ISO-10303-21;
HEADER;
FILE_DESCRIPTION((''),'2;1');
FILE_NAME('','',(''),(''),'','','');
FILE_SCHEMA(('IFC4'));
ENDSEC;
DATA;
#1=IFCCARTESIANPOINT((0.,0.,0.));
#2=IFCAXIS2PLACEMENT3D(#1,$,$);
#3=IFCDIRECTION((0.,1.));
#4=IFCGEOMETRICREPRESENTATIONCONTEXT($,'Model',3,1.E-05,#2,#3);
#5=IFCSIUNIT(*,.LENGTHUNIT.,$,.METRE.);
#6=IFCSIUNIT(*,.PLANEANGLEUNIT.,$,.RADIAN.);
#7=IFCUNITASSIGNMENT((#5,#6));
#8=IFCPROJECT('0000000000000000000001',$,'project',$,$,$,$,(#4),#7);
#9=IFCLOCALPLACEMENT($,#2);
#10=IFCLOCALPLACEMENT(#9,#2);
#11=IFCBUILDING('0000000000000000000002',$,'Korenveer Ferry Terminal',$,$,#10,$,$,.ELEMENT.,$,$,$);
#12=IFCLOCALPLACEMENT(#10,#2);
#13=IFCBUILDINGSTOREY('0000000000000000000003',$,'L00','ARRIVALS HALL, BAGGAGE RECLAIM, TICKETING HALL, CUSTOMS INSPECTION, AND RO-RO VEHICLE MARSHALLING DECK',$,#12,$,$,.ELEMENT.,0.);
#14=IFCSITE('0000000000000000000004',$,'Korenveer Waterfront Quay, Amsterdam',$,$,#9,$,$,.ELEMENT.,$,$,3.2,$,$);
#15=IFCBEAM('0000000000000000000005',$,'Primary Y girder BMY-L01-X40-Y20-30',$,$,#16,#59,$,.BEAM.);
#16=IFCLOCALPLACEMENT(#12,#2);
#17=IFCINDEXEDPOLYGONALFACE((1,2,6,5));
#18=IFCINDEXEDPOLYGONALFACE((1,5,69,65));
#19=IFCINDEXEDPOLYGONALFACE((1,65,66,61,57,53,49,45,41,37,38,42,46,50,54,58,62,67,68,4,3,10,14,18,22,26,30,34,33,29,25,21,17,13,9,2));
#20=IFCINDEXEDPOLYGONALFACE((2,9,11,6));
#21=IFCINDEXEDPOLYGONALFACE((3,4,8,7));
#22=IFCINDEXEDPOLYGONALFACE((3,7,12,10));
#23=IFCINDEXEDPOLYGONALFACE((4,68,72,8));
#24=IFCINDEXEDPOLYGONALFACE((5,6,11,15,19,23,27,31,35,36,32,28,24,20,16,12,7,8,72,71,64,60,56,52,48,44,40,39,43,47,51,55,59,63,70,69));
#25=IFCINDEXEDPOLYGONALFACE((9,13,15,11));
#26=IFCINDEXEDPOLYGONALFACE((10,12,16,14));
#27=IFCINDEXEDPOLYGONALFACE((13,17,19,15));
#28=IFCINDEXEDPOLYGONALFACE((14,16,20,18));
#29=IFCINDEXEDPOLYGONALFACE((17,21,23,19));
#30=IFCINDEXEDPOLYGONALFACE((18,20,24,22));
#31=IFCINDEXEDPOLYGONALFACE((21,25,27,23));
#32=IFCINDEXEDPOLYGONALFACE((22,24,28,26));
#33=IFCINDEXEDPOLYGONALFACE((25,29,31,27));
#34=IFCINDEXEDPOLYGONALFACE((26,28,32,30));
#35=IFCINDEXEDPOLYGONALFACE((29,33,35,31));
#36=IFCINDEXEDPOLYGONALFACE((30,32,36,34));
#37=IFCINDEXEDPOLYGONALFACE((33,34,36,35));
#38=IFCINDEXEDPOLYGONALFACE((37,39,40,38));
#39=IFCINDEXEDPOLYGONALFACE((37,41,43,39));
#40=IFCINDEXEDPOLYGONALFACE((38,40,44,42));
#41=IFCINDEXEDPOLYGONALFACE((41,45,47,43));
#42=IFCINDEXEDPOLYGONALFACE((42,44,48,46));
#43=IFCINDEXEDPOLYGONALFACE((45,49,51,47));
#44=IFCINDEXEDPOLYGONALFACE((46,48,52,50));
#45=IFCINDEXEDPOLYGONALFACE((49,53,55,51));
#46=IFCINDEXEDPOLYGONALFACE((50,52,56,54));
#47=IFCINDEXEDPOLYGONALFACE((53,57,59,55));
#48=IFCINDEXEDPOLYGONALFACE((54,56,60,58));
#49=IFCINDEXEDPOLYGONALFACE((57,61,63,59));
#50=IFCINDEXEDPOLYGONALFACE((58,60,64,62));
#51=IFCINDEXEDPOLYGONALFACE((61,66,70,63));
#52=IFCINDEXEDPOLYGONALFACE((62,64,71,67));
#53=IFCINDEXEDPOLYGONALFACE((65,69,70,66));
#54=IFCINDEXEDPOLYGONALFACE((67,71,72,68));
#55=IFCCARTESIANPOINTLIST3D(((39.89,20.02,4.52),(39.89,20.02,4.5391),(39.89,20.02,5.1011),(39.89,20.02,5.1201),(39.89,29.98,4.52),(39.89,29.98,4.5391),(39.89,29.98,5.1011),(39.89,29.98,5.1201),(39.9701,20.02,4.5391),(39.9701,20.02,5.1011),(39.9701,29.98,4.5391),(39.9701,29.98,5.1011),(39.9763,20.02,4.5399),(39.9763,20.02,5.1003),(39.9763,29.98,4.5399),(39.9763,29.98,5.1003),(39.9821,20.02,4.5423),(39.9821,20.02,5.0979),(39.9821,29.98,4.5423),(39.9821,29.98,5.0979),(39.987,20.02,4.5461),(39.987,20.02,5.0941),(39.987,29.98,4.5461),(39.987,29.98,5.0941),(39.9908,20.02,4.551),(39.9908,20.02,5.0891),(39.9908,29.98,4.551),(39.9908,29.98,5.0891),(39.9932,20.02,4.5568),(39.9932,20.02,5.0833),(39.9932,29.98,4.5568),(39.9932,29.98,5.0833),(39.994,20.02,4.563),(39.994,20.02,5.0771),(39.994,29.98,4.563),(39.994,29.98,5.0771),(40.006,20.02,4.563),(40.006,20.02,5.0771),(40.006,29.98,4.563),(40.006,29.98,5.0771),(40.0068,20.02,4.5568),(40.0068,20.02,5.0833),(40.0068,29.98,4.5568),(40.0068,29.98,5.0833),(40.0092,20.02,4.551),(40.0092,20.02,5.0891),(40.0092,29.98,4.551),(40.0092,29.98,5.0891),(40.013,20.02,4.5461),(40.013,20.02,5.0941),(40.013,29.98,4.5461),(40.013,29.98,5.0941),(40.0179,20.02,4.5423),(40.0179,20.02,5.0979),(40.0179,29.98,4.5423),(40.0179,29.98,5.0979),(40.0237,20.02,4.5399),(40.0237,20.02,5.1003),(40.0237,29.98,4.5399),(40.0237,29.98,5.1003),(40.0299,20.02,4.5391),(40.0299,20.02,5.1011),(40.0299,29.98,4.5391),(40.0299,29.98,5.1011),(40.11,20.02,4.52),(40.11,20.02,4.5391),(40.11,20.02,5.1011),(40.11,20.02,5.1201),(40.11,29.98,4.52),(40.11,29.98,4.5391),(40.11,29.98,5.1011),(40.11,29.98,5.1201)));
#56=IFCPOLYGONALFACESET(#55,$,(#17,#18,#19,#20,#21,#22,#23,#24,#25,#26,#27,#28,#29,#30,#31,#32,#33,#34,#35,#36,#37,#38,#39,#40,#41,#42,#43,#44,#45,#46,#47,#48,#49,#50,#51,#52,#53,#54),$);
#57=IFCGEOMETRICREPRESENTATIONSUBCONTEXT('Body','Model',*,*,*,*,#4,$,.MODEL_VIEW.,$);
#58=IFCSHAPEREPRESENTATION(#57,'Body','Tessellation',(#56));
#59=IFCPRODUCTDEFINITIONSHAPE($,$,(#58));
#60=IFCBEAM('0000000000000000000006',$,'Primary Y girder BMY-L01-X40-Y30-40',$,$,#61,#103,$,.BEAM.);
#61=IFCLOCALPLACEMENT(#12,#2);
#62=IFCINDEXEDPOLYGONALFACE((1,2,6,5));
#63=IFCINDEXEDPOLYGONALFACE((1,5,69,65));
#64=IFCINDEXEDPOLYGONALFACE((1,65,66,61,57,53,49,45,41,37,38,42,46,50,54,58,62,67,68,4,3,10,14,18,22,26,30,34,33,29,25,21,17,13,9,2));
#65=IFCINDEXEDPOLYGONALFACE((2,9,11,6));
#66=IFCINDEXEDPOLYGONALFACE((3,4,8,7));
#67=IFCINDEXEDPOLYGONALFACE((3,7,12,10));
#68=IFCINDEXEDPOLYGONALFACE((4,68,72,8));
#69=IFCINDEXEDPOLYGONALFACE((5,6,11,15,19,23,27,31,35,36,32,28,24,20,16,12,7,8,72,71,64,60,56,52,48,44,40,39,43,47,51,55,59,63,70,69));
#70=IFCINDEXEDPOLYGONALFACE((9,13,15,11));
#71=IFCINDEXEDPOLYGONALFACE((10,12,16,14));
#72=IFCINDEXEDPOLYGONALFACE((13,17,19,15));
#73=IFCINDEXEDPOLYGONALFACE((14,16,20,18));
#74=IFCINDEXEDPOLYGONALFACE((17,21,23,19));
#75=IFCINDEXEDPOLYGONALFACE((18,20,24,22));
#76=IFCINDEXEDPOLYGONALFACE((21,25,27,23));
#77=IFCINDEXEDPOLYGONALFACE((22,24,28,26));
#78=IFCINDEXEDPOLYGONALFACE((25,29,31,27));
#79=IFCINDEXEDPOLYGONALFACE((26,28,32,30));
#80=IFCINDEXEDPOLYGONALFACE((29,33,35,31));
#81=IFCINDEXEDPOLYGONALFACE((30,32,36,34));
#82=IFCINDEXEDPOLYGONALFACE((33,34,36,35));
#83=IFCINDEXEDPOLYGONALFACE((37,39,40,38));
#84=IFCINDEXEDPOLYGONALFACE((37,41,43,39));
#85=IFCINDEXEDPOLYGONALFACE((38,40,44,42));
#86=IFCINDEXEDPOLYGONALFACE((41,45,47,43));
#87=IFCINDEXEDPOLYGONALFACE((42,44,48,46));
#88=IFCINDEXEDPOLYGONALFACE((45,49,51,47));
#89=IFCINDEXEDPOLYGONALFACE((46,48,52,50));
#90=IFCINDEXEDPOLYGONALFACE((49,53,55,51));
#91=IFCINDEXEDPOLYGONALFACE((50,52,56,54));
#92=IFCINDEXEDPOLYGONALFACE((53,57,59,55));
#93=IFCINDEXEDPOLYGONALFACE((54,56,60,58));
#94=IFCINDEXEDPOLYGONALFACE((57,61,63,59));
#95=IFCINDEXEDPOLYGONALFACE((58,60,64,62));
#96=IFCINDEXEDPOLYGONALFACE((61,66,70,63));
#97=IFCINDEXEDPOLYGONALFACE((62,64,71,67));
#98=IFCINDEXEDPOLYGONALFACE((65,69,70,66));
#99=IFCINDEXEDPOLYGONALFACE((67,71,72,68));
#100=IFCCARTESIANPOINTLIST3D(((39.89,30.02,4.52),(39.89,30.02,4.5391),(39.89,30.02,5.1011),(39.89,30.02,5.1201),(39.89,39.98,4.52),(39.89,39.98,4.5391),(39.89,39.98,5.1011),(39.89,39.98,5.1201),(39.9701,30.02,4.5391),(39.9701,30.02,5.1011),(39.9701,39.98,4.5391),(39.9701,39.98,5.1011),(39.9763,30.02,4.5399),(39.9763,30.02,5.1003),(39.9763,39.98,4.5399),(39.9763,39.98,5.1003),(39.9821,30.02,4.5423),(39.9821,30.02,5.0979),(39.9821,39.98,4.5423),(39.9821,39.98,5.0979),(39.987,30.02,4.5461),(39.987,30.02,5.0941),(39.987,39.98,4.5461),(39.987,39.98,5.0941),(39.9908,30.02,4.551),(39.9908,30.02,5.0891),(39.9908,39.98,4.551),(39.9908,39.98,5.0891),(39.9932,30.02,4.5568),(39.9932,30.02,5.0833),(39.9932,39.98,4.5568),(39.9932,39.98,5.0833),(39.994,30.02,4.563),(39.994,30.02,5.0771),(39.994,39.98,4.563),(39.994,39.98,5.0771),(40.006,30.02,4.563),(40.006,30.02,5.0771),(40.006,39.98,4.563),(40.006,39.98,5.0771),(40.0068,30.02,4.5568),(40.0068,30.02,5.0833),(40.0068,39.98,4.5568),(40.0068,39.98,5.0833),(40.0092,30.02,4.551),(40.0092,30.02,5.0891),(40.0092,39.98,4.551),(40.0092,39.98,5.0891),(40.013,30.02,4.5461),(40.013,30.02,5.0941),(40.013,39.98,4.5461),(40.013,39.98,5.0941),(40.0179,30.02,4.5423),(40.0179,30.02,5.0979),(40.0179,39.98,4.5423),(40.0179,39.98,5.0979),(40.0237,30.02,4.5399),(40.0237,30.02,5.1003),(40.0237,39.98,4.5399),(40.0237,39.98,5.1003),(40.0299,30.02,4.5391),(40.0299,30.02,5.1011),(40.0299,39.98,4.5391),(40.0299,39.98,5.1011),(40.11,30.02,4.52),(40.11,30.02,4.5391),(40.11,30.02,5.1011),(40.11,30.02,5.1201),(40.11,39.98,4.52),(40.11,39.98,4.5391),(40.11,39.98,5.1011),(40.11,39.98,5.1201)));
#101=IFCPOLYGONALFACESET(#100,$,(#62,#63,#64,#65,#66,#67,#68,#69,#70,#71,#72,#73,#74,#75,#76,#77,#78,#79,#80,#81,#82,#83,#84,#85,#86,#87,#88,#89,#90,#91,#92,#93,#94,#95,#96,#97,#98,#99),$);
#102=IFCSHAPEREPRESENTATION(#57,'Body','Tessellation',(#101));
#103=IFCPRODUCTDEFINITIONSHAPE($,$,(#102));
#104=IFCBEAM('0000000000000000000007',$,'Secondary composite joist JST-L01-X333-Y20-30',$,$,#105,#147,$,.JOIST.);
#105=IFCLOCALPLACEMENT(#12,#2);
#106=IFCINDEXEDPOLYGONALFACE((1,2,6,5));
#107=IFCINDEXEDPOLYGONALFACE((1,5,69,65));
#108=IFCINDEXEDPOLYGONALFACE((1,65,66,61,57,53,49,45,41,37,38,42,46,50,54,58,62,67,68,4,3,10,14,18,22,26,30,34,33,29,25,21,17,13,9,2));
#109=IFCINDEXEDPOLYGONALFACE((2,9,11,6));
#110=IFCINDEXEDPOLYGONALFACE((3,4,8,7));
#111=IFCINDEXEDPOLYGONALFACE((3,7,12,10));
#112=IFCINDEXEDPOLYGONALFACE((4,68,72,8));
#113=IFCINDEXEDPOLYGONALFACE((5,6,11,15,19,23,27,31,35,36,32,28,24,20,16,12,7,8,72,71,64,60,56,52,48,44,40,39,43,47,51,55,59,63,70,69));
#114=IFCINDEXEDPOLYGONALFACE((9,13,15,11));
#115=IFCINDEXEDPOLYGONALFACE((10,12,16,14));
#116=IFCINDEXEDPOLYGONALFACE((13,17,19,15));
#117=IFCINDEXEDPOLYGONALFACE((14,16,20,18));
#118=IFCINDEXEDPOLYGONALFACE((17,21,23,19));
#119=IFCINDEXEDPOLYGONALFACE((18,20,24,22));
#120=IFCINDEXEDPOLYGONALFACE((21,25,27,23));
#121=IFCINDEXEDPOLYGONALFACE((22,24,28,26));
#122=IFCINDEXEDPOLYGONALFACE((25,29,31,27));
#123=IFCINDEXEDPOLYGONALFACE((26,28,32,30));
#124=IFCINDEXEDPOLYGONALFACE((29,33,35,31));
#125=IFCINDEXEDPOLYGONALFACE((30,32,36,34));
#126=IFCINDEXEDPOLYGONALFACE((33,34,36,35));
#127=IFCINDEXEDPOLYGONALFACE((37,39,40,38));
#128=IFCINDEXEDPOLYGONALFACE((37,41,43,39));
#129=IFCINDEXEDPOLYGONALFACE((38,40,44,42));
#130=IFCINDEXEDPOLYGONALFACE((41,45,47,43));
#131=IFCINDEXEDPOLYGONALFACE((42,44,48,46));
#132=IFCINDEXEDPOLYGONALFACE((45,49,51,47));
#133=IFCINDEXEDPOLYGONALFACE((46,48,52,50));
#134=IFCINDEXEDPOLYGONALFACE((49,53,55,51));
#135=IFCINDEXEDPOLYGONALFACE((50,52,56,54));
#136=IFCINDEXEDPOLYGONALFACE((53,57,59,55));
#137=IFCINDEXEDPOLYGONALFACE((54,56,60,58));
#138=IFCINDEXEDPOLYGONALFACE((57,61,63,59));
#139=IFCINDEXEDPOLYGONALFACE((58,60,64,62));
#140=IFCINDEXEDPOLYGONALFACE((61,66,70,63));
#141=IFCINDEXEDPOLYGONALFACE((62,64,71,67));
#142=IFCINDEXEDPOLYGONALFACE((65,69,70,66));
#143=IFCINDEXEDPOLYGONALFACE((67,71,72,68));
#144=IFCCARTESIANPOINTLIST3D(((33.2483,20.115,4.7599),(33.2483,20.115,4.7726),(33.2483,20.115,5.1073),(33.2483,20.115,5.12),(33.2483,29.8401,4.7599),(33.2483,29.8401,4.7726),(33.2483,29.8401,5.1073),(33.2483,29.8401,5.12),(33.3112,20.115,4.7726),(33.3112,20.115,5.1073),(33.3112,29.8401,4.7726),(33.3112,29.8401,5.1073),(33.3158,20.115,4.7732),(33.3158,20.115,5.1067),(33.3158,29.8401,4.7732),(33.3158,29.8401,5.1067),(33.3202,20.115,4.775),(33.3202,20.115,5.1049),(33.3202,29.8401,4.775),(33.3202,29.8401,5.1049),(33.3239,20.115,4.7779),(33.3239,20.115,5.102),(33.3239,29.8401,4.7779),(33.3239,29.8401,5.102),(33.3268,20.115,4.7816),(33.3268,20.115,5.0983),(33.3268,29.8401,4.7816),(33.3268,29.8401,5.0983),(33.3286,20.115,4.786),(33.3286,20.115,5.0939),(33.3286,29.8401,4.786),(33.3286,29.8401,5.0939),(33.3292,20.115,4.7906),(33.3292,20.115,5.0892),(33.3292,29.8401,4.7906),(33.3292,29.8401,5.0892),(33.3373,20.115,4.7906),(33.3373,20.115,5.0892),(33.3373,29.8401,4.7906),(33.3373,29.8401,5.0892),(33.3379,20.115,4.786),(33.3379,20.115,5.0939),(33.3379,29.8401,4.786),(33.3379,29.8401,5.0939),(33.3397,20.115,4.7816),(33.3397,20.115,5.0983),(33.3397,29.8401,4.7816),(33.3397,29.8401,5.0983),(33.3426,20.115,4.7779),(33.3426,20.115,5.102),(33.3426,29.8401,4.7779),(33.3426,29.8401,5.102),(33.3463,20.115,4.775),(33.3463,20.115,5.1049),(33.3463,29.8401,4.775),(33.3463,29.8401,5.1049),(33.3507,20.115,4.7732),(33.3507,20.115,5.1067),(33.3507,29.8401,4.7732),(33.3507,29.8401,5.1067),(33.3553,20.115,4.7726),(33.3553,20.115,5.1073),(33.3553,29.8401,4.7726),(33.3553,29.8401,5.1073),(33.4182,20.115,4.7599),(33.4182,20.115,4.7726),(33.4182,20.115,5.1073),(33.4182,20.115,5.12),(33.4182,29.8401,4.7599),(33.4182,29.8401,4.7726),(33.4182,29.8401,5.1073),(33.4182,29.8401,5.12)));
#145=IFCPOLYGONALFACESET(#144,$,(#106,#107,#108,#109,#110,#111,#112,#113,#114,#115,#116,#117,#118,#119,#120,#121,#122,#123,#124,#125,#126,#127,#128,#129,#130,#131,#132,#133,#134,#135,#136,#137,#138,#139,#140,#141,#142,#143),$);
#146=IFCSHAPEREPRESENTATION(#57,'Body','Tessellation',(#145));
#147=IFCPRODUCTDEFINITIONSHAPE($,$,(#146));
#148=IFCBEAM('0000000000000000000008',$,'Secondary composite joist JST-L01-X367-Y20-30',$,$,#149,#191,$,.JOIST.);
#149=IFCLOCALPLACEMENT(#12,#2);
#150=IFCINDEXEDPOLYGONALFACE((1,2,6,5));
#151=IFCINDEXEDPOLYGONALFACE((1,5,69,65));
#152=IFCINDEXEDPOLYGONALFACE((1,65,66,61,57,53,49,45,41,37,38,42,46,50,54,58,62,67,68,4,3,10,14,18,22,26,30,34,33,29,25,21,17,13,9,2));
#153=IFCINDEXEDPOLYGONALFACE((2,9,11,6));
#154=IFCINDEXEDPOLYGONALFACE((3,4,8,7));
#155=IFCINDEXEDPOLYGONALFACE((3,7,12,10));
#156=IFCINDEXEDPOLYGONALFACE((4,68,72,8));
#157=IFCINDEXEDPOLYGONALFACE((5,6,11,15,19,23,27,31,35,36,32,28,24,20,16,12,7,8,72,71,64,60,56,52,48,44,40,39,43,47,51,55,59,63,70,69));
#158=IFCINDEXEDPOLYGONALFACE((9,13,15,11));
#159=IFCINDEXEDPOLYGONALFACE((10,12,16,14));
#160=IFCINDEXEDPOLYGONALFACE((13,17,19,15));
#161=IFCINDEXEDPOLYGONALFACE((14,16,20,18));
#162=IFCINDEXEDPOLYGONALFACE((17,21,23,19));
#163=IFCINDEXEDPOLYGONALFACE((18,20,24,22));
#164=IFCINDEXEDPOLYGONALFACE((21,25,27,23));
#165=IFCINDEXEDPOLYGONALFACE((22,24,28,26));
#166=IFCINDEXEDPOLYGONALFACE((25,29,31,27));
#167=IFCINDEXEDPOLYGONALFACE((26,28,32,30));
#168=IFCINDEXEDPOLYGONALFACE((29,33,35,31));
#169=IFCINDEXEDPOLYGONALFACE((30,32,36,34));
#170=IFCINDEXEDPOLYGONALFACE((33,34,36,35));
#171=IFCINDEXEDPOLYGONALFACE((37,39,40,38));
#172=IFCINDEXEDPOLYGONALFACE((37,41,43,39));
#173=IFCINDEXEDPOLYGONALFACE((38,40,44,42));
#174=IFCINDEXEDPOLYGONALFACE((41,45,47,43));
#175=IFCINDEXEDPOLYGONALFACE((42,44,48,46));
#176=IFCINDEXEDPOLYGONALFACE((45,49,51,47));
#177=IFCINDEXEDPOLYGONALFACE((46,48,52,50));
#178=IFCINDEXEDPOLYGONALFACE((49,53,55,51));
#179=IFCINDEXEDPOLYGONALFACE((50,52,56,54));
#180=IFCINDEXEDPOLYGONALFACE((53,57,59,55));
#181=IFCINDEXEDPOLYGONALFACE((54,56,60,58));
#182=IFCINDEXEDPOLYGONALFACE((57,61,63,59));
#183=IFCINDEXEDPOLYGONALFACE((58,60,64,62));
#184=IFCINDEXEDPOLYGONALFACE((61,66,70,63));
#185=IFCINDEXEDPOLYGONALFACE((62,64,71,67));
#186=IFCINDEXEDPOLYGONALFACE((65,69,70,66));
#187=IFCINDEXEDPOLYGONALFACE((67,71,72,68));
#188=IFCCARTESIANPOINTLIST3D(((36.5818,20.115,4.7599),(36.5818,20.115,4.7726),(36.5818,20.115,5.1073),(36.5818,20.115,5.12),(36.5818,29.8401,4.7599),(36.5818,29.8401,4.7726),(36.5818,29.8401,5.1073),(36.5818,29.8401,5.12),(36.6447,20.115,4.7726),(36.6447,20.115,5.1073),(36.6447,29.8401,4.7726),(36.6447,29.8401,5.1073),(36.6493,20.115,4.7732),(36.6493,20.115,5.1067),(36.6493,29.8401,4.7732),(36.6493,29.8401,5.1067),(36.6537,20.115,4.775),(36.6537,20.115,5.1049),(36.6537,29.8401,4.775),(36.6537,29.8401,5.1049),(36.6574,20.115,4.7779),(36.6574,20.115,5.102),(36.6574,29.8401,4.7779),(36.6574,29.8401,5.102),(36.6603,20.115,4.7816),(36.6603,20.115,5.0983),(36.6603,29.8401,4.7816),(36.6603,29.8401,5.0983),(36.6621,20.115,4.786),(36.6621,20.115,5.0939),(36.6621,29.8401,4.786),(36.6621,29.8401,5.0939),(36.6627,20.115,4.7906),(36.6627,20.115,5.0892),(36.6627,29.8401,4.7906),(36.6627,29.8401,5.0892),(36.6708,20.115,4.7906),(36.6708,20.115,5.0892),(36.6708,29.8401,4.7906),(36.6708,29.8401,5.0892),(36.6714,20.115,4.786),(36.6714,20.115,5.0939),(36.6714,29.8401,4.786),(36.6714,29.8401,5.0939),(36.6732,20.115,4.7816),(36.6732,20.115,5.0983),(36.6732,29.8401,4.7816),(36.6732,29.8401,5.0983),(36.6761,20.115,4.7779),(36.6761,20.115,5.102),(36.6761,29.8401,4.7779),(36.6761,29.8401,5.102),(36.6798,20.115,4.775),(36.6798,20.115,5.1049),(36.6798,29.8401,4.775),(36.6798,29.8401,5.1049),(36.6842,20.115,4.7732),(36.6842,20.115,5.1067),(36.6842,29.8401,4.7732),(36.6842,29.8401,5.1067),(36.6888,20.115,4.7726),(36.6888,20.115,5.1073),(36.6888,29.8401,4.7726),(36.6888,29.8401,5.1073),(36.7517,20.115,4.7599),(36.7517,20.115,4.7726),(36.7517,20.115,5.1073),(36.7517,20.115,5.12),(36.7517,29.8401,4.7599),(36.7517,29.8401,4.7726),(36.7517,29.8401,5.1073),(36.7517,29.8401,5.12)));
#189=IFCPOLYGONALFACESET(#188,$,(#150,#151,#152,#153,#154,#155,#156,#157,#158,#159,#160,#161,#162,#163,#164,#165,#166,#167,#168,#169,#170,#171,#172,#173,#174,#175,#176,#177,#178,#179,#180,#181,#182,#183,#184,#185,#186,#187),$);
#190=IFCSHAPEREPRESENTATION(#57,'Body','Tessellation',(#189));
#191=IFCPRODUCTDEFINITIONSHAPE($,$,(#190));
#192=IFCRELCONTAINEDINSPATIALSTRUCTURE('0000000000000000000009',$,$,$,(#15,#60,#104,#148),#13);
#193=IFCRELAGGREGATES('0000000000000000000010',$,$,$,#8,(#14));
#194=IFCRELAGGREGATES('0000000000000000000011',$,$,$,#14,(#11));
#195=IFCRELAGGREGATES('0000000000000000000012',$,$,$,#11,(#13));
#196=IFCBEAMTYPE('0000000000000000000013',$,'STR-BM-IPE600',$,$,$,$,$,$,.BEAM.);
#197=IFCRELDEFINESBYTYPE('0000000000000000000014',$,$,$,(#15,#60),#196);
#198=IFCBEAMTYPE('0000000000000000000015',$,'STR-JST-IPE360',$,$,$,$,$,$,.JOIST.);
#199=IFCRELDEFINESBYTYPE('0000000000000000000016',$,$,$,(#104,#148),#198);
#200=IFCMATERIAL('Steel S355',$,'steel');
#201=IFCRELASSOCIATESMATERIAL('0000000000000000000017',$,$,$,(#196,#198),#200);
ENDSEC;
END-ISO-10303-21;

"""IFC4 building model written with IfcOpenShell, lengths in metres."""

from ifc_helpers import new_model, si_unit, direction, frame, origin, origin_2d, place, context, subcontext, project, spatial, i_section, extrude, material, material_profile, profile_set, type_object, element, save


model = new_model("IFC4")

# Units and contexts
model_context = context("Model", 3, precision=1e-05, world=origin(), true_north=direction((0.0, 1.0)))
body_context = subcontext(model_context, "Body", "Model", "MODEL_VIEW")
ifc_project = project(units=[si_unit("LENGTHUNIT", "METRE"), si_unit("PLANEANGLEUNIT", "RADIAN")], contexts=[model_context])

# Site, building, storey
site_placement = place(None, origin())
site = spatial("IfcSite", under=ifc_project, at=site_placement, Name="Korenveer Waterfront Quay, Amsterdam", CompositionType="ELEMENT", RefElevation=3.2)
building_placement = place(site_placement, origin())
building = spatial("IfcBuilding", under=site, at=building_placement, Name="Korenveer Ferry Terminal", CompositionType="ELEMENT")
storey_placement = place(building_placement, origin())
storey = spatial("IfcBuildingStorey", under=building, at=storey_placement, Name="L00", Description="ARRIVALS HALL, BAGGAGE RECLAIM, TICKETING HALL, CUSTOMS INSPECTION, AND RO-RO VEHICLE MARSHALLING DECK", CompositionType="ELEMENT", Elevation=0.0)

# Beams
ifc_material_1 = material(Name="Steel S355", Category="steel")
ifc_material_profile_1 = material_profile(ifc_material_1, i_section(OverallWidth=0.22, OverallDepth=0.6001, WebThickness=0.012, FlangeThickness=0.019, FilletRadius=0.0239, at=origin_2d()), Name="IPE 600")
ifc_profile_set_1 = profile_set([ifc_material_profile_1], Name="Steel S355")
beam_type_1 = type_object("IfcBeamType", Name="STR-BM-IPE600", PredefinedType="BEAM", material=ifc_profile_set_1)
for number, where, z_axis, x_axis, name in (
    (1, (40.0, 20.02, 4.8201), (0.0, 1.0, 0.0), (-1.0, 0.0, 0.0), "Primary Y girder BMY-L01-X40-Y20-30"),
    (2, (40.0, 30.02, 4.8201), (0.0, 1.0, 0.0), (-1.0, 0.0, 0.0), "Primary Y girder BMY-L01-X40-Y30-40"),
):
    element("IfcBeam", number, at=place(storey_placement, frame(where, z_axis=z_axis, x_axis=x_axis)), inside=storey, type_object=beam_type_1, Name=name, PredefinedType="BEAM", context=body_context, shape_type="SweptSolid", body=[
        extrude(i_section(OverallWidth=0.22, OverallDepth=0.6001, WebThickness=0.012, FlangeThickness=0.019, FilletRadius=0.0239, at=origin_2d()), origin(), (0.0, 0.0, 1.0), 9.96),
    ])
ifc_material_profile_2 = material_profile(ifc_material_1, i_section(OverallWidth=0.1699, OverallDepth=0.3601, WebThickness=0.0081, FlangeThickness=0.0127, FilletRadius=0.0181, at=origin_2d()), Name="IPE 360")
ifc_profile_set_2 = profile_set([ifc_material_profile_2], Name="Steel S355")
beam_type_2 = type_object("IfcBeamType", Name="STR-JST-IPE360", PredefinedType="JOIST", material=ifc_profile_set_2)
for number, where, z_axis, x_axis, name in (
    (3, (33.3333, 20.115, 4.9399), (0.0, 1.0, 0.0), (-1.0, 0.0, 0.0), "Secondary composite joist JST-L01-X333-Y20-30"),
    (4, (36.6667, 20.115, 4.9399), (0.0, 1.0, 0.0), (-1.0, 0.0, 0.0), "Secondary composite joist JST-L01-X367-Y20-30"),
):
    element("IfcBeam", number, at=place(storey_placement, frame(where, z_axis=z_axis, x_axis=x_axis)), inside=storey, type_object=beam_type_2, Name=name, PredefinedType="JOIST", context=body_context, shape_type="SweptSolid", body=[
        extrude(i_section(OverallWidth=0.1699, OverallDepth=0.3601, WebThickness=0.0081, FlangeThickness=0.0127, FilletRadius=0.0181, at=origin_2d()), origin(), (0.0, 0.0, 1.0), 9.7251),
    ])

save(model, "model.ifc")
